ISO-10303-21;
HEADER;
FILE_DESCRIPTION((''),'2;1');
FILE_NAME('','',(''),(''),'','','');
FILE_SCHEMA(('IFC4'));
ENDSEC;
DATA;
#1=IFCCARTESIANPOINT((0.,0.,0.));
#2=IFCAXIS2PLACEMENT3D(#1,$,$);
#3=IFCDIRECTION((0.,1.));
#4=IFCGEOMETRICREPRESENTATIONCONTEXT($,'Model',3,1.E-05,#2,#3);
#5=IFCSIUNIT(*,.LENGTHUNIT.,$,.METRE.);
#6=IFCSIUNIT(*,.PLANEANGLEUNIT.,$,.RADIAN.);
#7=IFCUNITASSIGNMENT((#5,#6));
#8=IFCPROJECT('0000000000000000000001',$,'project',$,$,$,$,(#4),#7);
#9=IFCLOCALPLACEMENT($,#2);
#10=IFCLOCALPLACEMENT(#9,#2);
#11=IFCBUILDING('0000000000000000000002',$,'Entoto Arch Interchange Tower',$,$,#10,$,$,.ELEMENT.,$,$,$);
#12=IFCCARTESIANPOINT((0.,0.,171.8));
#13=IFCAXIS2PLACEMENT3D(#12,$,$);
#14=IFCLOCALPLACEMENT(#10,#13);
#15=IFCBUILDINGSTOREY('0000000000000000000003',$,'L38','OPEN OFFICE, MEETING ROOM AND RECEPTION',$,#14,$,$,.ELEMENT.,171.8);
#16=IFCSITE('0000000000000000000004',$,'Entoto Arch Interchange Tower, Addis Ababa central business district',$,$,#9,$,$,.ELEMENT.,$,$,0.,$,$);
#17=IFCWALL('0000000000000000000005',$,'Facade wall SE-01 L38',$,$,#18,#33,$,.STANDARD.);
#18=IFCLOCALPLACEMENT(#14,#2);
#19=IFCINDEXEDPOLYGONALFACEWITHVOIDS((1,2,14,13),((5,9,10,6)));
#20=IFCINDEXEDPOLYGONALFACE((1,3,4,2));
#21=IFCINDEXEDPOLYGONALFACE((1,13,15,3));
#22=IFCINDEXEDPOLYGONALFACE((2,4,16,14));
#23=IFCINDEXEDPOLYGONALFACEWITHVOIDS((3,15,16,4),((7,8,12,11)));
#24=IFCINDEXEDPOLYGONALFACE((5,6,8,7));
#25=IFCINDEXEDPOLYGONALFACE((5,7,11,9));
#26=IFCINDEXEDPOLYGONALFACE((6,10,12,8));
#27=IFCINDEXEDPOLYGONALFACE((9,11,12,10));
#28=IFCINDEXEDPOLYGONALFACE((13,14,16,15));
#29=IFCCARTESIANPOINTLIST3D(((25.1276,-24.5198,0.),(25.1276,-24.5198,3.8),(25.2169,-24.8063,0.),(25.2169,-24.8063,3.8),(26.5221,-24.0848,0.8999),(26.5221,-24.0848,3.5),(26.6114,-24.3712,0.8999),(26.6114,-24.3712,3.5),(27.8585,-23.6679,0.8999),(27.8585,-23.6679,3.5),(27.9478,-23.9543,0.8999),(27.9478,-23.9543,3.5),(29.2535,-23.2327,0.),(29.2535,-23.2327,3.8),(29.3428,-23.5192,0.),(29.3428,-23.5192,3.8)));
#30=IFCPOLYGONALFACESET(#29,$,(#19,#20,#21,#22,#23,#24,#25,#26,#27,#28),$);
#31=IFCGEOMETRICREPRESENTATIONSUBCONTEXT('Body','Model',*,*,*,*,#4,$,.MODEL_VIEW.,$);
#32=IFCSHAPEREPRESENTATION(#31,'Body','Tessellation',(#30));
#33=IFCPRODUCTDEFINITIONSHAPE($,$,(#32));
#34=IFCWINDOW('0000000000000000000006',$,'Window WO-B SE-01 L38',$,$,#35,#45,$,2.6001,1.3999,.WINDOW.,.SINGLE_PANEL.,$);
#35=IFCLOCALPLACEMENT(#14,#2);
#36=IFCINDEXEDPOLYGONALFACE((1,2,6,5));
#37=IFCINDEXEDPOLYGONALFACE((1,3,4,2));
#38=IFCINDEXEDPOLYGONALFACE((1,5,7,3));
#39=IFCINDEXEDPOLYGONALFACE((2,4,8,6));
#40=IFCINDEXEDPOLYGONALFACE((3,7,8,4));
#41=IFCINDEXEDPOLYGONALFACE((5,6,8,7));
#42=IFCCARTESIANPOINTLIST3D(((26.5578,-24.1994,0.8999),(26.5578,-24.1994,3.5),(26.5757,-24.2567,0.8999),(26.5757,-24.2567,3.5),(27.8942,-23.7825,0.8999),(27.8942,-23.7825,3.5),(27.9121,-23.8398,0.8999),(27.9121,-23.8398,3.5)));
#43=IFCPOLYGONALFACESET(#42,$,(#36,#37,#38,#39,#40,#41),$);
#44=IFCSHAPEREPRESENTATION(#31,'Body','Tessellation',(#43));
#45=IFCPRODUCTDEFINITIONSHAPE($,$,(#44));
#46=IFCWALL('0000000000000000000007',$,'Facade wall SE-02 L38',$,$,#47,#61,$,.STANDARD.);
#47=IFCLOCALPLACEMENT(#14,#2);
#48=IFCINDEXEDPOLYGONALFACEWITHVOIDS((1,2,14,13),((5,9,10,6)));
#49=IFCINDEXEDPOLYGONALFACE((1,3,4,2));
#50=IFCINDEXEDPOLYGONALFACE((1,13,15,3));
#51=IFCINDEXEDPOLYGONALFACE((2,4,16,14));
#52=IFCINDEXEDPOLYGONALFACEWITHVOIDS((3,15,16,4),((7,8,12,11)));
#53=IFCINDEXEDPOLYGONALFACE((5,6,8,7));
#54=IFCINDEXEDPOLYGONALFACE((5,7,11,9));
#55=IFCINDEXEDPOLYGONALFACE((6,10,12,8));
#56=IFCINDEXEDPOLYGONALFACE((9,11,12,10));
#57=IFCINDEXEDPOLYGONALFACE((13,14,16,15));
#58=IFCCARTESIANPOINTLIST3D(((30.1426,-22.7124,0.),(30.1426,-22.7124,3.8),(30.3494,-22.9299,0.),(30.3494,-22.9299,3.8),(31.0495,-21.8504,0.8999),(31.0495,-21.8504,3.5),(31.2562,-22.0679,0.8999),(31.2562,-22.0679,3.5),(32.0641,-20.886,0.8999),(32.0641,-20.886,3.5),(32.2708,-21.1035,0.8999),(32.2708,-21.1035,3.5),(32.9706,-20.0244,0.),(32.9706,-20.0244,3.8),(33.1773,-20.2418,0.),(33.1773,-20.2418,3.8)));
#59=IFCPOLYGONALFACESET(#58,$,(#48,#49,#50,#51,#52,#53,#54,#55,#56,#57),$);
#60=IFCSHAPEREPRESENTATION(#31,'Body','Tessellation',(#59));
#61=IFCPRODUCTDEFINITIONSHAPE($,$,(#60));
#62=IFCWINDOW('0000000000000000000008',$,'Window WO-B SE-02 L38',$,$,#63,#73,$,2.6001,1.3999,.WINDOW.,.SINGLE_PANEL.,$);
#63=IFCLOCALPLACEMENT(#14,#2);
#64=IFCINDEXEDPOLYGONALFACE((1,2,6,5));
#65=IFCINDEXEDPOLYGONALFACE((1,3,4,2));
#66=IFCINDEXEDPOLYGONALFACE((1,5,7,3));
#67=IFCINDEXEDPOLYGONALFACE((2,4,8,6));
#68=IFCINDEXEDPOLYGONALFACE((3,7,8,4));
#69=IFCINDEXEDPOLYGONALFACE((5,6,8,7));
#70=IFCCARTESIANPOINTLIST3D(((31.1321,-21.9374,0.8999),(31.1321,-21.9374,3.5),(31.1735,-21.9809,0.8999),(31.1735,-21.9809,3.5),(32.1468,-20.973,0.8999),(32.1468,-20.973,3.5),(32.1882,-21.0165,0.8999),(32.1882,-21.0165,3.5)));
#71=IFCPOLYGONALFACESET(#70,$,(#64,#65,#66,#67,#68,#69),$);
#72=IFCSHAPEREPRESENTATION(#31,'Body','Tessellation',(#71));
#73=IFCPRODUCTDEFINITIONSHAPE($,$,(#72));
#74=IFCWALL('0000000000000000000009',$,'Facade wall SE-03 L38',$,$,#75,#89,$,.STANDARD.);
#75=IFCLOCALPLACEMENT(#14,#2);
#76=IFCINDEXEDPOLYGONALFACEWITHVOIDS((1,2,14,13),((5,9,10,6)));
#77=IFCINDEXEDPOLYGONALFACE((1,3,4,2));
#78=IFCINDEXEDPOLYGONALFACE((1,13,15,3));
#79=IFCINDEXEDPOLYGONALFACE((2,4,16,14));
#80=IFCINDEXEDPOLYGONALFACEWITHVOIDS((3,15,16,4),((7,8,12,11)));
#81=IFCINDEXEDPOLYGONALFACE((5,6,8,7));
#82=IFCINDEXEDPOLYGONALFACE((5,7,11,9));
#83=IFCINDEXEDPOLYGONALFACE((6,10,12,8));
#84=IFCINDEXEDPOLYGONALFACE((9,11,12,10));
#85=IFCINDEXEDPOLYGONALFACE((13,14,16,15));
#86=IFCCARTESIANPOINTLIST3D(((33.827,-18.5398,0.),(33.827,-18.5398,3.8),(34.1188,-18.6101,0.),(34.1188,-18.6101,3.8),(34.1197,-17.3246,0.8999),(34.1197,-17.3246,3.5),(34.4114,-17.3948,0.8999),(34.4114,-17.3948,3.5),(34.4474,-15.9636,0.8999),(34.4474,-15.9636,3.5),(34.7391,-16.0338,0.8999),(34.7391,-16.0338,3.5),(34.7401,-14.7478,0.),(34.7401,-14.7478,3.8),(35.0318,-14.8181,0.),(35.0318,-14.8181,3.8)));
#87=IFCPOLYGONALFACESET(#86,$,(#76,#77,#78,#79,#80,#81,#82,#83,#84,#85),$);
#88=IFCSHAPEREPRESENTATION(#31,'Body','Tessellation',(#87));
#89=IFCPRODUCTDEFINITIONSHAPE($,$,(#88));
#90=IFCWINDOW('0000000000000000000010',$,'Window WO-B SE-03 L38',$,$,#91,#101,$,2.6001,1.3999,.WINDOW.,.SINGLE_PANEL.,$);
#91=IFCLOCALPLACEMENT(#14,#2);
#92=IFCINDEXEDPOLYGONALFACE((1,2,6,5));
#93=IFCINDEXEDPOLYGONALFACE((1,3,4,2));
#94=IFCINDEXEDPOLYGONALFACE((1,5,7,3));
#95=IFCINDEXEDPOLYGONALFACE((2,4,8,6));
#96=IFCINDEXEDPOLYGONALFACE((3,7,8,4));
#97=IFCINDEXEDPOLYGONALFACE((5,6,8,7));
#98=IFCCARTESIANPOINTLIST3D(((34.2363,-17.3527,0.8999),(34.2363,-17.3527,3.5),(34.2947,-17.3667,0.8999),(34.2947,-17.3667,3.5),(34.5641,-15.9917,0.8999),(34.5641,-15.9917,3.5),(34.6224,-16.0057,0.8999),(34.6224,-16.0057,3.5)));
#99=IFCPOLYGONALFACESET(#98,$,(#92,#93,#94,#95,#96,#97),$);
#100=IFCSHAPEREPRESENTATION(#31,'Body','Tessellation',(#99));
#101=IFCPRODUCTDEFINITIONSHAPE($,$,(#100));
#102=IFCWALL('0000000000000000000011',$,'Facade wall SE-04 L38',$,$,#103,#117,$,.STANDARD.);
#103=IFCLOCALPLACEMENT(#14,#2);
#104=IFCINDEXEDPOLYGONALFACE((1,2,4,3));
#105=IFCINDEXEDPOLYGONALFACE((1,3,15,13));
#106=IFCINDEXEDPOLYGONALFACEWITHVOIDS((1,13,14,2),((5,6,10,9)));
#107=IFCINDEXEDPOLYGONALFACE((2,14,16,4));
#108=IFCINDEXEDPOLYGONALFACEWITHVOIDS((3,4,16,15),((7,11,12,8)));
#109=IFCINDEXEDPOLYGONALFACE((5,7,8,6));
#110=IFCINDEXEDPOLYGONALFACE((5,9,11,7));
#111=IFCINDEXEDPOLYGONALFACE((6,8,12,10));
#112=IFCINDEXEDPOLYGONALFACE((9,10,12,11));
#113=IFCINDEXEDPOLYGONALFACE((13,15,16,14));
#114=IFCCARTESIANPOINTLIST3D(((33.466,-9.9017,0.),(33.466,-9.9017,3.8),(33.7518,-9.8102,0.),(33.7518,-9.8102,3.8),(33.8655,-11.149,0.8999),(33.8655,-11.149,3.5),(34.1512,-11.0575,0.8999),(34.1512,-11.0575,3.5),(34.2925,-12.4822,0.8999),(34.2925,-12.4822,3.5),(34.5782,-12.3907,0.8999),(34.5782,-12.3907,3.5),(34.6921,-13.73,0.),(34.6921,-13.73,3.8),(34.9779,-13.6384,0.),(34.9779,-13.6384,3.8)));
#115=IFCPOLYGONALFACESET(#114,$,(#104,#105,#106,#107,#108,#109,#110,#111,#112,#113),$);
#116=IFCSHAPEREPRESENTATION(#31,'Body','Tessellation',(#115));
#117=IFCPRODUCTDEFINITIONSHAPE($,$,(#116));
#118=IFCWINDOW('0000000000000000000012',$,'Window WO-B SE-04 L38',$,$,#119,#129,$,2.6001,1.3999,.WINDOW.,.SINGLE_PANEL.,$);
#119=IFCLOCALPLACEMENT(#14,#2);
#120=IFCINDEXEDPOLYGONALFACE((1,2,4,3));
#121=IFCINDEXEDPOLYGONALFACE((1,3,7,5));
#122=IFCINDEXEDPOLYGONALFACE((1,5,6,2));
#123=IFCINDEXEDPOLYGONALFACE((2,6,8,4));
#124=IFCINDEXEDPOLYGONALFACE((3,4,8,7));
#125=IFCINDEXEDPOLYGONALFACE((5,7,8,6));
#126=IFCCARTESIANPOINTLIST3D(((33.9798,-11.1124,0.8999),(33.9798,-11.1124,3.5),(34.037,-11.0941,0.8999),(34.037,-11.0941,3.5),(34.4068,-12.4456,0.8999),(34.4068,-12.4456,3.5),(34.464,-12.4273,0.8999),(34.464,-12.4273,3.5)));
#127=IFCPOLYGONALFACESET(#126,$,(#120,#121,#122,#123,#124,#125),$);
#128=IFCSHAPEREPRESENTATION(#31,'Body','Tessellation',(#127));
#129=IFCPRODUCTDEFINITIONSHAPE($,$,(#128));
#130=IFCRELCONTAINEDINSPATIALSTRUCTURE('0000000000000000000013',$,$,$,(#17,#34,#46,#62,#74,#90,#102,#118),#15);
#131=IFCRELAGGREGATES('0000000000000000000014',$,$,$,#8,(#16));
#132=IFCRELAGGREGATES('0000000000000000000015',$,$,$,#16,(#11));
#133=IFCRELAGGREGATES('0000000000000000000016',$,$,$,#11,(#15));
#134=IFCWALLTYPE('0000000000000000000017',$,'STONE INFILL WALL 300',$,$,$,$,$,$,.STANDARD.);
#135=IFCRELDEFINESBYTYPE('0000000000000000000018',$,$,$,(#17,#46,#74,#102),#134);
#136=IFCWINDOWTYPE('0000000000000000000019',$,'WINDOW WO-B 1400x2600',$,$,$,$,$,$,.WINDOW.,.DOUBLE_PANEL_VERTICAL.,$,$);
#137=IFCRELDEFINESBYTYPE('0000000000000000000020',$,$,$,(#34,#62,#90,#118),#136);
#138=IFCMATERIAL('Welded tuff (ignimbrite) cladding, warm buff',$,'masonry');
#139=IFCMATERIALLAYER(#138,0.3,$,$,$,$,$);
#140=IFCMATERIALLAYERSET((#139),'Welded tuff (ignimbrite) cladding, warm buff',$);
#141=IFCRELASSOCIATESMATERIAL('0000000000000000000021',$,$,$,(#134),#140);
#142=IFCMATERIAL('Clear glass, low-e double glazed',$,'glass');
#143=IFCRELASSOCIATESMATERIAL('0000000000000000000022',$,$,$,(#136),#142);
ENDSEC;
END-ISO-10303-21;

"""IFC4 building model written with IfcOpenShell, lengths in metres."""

from ifc_helpers import new_model, si_unit, direction, frame, frame_2d, origin, place, context, subcontext, project, spatial, rectangle, extrude, material, layer, layer_set, type_object, element, fill, save


model = new_model("IFC4")

# Units and contexts
model_context = context("Model", 3, precision=1e-05, world=origin(), true_north=direction((0.0, 1.0)))
body_context = subcontext(model_context, "Body", "Model", "MODEL_VIEW")
ifc_project = project(units=[si_unit("LENGTHUNIT", "METRE"), si_unit("PLANEANGLEUNIT", "RADIAN")], contexts=[model_context])

# Site, building, storey
site_placement = place(None, origin())
site = spatial("IfcSite", under=ifc_project, at=site_placement, Name="Entoto Arch Interchange Tower, Addis Ababa central business district", CompositionType="ELEMENT", RefElevation=0.0)
building_placement = place(site_placement, origin())
building = spatial("IfcBuilding", under=site, at=building_placement, Name="Entoto Arch Interchange Tower", CompositionType="ELEMENT")
storey_placement = place(building_placement, frame((0.0, 0.0, 171.8)))
storey = spatial("IfcBuildingStorey", under=building, at=storey_placement, Name="L38", Description="OPEN OFFICE, MEETING ROOM AND RECEPTION", CompositionType="ELEMENT", Elevation=171.8)

# Walls, openings, windows
ifc_material_1 = material(Name="Welded tuff (ignimbrite) cladding, warm buff", Category="masonry")
ifc_layer_1 = layer(ifc_material_1, 0.3)
ifc_layer_set_1 = layer_set([ifc_layer_1], Name="Welded tuff (ignimbrite) cladding, warm buff")
wall_type_1 = type_object("IfcWallType", Name="STONE INFILL WALL 300", PredefinedType="STANDARD", material=ifc_layer_set_1)
wall_1_placement = place(storey_placement, frame((25.1721, -24.6631, 0.0), z_axis=(0.0, 0.0, 1.0), x_axis=(0.954629, 0.297799, 0.0)))
wall_1 = element("IfcWall", 1, at=wall_1_placement, inside=storey, type_object=wall_type_1, Name="Facade wall SE-01 L38", PredefinedType="STANDARD", context=body_context, shape_type="SweptSolid", body=[
    extrude(rectangle(XDim=4.322, YDim=0.3, at=frame_2d((2.1611, 0.0))), origin(), (0.0, 0.0, 1.0), 3.8),
])
opening_1_placement = place(wall_1_placement, frame((1.4609, 0.0, 0.8999)))
opening_1 = element("IfcOpeningElement", 2, at=opening_1_placement, cuts=wall_1, PredefinedType="OPENING", context=body_context, shape_type="SweptSolid", body=[
    extrude(rectangle(XDim=1.3999, YDim=2.6001, at=frame_2d((0.7, 1.3))), frame((0.0, 0.1602, 0.0), z_axis=(0.0, -1.0, 0.0), x_axis=(1.0, 0.0, 0.0)), (0.0, 0.0, 1.0), 0.3201),
])
ifc_material_2 = material(Name="Clear glass, low-e double glazed", Category="glass")
window_type_1 = type_object("IfcWindowType", Name="WINDOW WO-B 1400x2600", PartitioningType="DOUBLE_PANEL_VERTICAL", PredefinedType="WINDOW", material=ifc_material_2)
window_1_placement = place(opening_1_placement, origin())
window_1 = element("IfcWindow", 3, at=window_1_placement, inside=storey, type_object=window_type_1, Name="Window WO-B SE-01 L38", OverallHeight=2.6001, OverallWidth=1.3999, PartitioningType="SINGLE_PANEL", PredefinedType="WINDOW", context=body_context, shape_type="SweptSolid", body=[
    extrude(rectangle(XDim=1.3999, YDim=2.6001, at=frame_2d((0.7, 1.3))), frame((0.0, 0.03, 0.0), z_axis=(0.0, -1.0, 0.0), x_axis=(1.0, 0.0, 0.0)), (0.0, 0.0, 1.0), 0.0601),
])
fill(opening_1, window_1)
wall_2_placement = place(storey_placement, frame((30.2461, -22.821, 0.0), z_axis=(0.0, 0.0, 1.0), x_axis=(0.724807, 0.688952, 0.0)))
wall_2 = element("IfcWall", 4, at=wall_2_placement, inside=storey, type_object=wall_type_1, Name="Facade wall SE-02 L38", PredefinedType="STANDARD", context=body_context, shape_type="SweptSolid", body=[
    extrude(rectangle(XDim=3.9016, YDim=0.3, at=frame_2d((1.9507, 0.0))), origin(), (0.0, 0.0, 1.0), 3.8),
])
opening_2_placement = place(wall_2_placement, frame((1.251, 0.0, 0.8999)))
opening_2 = element("IfcOpeningElement", 5, at=opening_2_placement, cuts=wall_2, PredefinedType="OPENING", context=body_context, shape_type="SweptSolid", body=[
    extrude(rectangle(XDim=1.3999, YDim=2.6001, at=frame_2d((0.7, 1.3))), frame((0.0, 0.1602, 0.0), z_axis=(0.0, -1.0, 0.0), x_axis=(1.0, 0.0, 0.0)), (0.0, 0.0, 1.0), 0.3201),
])
window_2_placement = place(opening_2_placement, origin())
window_2 = element("IfcWindow", 6, at=window_2_placement, inside=storey, type_object=window_type_1, Name="Window WO-B SE-02 L38", OverallHeight=2.6001, OverallWidth=1.3999, PartitioningType="SINGLE_PANEL", PredefinedType="WINDOW", context=body_context, shape_type="SweptSolid", body=[
    extrude(rectangle(XDim=1.3999, YDim=2.6001, at=frame_2d((0.7, 1.3))), frame((0.0, 0.03, 0.0), z_axis=(0.0, -1.0, 0.0), x_axis=(1.0, 0.0, 0.0)), (0.0, 0.0, 1.0), 0.0601),
])
fill(opening_2, window_2)
wall_3_placement = place(storey_placement, frame((33.9729, -18.575, 0.0), z_axis=(0.0, 0.0, 1.0), x_axis=(0.234102, 0.972212, 0.0)))
wall_3 = element("IfcWall", 7, at=wall_3_placement, inside=storey, type_object=wall_type_1, Name="Facade wall SE-03 L38", PredefinedType="STANDARD", context=body_context, shape_type="SweptSolid", body=[
    extrude(rectangle(XDim=3.9004, YDim=0.3, at=frame_2d((1.9502, 0.0))), origin(), (0.0, 0.0, 1.0), 3.8),
])
opening_3_placement = place(wall_3_placement, frame((1.25, 0.0, 0.8999)))
opening_3 = element("IfcOpeningElement", 8, at=opening_3_placement, cuts=wall_3, PredefinedType="OPENING", context=body_context, shape_type="SweptSolid", body=[
    extrude(rectangle(XDim=1.3999, YDim=2.6001, at=frame_2d((0.7, 1.3))), frame((0.0, 0.1602, 0.0), z_axis=(0.0, -1.0, 0.0), x_axis=(1.0, 0.0, 0.0)), (0.0, 0.0, 1.0), 0.3201),
])
window_3_placement = place(opening_3_placement, origin())
window_3 = element("IfcWindow", 9, at=window_3_placement, inside=storey, type_object=window_type_1, Name="Window WO-B SE-03 L38", OverallHeight=2.6001, OverallWidth=1.3999, PartitioningType="SINGLE_PANEL", PredefinedType="WINDOW", context=body_context, shape_type="SweptSolid", body=[
    extrude(rectangle(XDim=1.3999, YDim=2.6001, at=frame_2d((0.7, 1.3))), frame((0.0, 0.03, 0.0), z_axis=(0.0, -1.0, 0.0), x_axis=(1.0, 0.0, 0.0)), (0.0, 0.0, 1.0), 0.0601),
])
fill(opening_3, window_3)
wall_4_placement = place(storey_placement, frame((34.835, -13.6841, 0.0), z_axis=(0.0, 0.0, 1.0), x_axis=(-0.305018, 0.952347, 0.0)))
wall_4 = element("IfcWall", 10, at=wall_4_placement, inside=storey, type_object=wall_type_1, Name="Facade wall SE-04 L38", PredefinedType="STANDARD", context=body_context, shape_type="SweptSolid", body=[
    extrude(rectangle(XDim=4.0198, YDim=0.3, at=frame_2d((2.0098, 0.0))), origin(), (0.0, 0.0, 1.0), 3.8),
])
opening_4_placement = place(wall_4_placement, frame((1.3101, 0.0, 0.8999)))
opening_4 = element("IfcOpeningElement", 11, at=opening_4_placement, cuts=wall_4, PredefinedType="OPENING", context=body_context, shape_type="SweptSolid", body=[
    extrude(rectangle(XDim=1.3999, YDim=2.6001, at=frame_2d((0.7, 1.3))), frame((0.0, 0.1602, 0.0), z_axis=(0.0, -1.0, 0.0), x_axis=(1.0, 0.0, 0.0)), (0.0, 0.0, 1.0), 0.3201),
])
window_4_placement = place(opening_4_placement, origin())
window_4 = element("IfcWindow", 12, at=window_4_placement, inside=storey, type_object=window_type_1, Name="Window WO-B SE-04 L38", OverallHeight=2.6001, OverallWidth=1.3999, PartitioningType="SINGLE_PANEL", PredefinedType="WINDOW", context=body_context, shape_type="SweptSolid", body=[
    extrude(rectangle(XDim=1.3999, YDim=2.6001, at=frame_2d((0.7, 1.3))), frame((0.0, 0.03, 0.0), z_axis=(0.0, -1.0, 0.0), x_axis=(1.0, 0.0, 0.0)), (0.0, 0.0, 1.0), 0.0601),
])
fill(opening_4, window_4)

save(model, "model.ifc")
